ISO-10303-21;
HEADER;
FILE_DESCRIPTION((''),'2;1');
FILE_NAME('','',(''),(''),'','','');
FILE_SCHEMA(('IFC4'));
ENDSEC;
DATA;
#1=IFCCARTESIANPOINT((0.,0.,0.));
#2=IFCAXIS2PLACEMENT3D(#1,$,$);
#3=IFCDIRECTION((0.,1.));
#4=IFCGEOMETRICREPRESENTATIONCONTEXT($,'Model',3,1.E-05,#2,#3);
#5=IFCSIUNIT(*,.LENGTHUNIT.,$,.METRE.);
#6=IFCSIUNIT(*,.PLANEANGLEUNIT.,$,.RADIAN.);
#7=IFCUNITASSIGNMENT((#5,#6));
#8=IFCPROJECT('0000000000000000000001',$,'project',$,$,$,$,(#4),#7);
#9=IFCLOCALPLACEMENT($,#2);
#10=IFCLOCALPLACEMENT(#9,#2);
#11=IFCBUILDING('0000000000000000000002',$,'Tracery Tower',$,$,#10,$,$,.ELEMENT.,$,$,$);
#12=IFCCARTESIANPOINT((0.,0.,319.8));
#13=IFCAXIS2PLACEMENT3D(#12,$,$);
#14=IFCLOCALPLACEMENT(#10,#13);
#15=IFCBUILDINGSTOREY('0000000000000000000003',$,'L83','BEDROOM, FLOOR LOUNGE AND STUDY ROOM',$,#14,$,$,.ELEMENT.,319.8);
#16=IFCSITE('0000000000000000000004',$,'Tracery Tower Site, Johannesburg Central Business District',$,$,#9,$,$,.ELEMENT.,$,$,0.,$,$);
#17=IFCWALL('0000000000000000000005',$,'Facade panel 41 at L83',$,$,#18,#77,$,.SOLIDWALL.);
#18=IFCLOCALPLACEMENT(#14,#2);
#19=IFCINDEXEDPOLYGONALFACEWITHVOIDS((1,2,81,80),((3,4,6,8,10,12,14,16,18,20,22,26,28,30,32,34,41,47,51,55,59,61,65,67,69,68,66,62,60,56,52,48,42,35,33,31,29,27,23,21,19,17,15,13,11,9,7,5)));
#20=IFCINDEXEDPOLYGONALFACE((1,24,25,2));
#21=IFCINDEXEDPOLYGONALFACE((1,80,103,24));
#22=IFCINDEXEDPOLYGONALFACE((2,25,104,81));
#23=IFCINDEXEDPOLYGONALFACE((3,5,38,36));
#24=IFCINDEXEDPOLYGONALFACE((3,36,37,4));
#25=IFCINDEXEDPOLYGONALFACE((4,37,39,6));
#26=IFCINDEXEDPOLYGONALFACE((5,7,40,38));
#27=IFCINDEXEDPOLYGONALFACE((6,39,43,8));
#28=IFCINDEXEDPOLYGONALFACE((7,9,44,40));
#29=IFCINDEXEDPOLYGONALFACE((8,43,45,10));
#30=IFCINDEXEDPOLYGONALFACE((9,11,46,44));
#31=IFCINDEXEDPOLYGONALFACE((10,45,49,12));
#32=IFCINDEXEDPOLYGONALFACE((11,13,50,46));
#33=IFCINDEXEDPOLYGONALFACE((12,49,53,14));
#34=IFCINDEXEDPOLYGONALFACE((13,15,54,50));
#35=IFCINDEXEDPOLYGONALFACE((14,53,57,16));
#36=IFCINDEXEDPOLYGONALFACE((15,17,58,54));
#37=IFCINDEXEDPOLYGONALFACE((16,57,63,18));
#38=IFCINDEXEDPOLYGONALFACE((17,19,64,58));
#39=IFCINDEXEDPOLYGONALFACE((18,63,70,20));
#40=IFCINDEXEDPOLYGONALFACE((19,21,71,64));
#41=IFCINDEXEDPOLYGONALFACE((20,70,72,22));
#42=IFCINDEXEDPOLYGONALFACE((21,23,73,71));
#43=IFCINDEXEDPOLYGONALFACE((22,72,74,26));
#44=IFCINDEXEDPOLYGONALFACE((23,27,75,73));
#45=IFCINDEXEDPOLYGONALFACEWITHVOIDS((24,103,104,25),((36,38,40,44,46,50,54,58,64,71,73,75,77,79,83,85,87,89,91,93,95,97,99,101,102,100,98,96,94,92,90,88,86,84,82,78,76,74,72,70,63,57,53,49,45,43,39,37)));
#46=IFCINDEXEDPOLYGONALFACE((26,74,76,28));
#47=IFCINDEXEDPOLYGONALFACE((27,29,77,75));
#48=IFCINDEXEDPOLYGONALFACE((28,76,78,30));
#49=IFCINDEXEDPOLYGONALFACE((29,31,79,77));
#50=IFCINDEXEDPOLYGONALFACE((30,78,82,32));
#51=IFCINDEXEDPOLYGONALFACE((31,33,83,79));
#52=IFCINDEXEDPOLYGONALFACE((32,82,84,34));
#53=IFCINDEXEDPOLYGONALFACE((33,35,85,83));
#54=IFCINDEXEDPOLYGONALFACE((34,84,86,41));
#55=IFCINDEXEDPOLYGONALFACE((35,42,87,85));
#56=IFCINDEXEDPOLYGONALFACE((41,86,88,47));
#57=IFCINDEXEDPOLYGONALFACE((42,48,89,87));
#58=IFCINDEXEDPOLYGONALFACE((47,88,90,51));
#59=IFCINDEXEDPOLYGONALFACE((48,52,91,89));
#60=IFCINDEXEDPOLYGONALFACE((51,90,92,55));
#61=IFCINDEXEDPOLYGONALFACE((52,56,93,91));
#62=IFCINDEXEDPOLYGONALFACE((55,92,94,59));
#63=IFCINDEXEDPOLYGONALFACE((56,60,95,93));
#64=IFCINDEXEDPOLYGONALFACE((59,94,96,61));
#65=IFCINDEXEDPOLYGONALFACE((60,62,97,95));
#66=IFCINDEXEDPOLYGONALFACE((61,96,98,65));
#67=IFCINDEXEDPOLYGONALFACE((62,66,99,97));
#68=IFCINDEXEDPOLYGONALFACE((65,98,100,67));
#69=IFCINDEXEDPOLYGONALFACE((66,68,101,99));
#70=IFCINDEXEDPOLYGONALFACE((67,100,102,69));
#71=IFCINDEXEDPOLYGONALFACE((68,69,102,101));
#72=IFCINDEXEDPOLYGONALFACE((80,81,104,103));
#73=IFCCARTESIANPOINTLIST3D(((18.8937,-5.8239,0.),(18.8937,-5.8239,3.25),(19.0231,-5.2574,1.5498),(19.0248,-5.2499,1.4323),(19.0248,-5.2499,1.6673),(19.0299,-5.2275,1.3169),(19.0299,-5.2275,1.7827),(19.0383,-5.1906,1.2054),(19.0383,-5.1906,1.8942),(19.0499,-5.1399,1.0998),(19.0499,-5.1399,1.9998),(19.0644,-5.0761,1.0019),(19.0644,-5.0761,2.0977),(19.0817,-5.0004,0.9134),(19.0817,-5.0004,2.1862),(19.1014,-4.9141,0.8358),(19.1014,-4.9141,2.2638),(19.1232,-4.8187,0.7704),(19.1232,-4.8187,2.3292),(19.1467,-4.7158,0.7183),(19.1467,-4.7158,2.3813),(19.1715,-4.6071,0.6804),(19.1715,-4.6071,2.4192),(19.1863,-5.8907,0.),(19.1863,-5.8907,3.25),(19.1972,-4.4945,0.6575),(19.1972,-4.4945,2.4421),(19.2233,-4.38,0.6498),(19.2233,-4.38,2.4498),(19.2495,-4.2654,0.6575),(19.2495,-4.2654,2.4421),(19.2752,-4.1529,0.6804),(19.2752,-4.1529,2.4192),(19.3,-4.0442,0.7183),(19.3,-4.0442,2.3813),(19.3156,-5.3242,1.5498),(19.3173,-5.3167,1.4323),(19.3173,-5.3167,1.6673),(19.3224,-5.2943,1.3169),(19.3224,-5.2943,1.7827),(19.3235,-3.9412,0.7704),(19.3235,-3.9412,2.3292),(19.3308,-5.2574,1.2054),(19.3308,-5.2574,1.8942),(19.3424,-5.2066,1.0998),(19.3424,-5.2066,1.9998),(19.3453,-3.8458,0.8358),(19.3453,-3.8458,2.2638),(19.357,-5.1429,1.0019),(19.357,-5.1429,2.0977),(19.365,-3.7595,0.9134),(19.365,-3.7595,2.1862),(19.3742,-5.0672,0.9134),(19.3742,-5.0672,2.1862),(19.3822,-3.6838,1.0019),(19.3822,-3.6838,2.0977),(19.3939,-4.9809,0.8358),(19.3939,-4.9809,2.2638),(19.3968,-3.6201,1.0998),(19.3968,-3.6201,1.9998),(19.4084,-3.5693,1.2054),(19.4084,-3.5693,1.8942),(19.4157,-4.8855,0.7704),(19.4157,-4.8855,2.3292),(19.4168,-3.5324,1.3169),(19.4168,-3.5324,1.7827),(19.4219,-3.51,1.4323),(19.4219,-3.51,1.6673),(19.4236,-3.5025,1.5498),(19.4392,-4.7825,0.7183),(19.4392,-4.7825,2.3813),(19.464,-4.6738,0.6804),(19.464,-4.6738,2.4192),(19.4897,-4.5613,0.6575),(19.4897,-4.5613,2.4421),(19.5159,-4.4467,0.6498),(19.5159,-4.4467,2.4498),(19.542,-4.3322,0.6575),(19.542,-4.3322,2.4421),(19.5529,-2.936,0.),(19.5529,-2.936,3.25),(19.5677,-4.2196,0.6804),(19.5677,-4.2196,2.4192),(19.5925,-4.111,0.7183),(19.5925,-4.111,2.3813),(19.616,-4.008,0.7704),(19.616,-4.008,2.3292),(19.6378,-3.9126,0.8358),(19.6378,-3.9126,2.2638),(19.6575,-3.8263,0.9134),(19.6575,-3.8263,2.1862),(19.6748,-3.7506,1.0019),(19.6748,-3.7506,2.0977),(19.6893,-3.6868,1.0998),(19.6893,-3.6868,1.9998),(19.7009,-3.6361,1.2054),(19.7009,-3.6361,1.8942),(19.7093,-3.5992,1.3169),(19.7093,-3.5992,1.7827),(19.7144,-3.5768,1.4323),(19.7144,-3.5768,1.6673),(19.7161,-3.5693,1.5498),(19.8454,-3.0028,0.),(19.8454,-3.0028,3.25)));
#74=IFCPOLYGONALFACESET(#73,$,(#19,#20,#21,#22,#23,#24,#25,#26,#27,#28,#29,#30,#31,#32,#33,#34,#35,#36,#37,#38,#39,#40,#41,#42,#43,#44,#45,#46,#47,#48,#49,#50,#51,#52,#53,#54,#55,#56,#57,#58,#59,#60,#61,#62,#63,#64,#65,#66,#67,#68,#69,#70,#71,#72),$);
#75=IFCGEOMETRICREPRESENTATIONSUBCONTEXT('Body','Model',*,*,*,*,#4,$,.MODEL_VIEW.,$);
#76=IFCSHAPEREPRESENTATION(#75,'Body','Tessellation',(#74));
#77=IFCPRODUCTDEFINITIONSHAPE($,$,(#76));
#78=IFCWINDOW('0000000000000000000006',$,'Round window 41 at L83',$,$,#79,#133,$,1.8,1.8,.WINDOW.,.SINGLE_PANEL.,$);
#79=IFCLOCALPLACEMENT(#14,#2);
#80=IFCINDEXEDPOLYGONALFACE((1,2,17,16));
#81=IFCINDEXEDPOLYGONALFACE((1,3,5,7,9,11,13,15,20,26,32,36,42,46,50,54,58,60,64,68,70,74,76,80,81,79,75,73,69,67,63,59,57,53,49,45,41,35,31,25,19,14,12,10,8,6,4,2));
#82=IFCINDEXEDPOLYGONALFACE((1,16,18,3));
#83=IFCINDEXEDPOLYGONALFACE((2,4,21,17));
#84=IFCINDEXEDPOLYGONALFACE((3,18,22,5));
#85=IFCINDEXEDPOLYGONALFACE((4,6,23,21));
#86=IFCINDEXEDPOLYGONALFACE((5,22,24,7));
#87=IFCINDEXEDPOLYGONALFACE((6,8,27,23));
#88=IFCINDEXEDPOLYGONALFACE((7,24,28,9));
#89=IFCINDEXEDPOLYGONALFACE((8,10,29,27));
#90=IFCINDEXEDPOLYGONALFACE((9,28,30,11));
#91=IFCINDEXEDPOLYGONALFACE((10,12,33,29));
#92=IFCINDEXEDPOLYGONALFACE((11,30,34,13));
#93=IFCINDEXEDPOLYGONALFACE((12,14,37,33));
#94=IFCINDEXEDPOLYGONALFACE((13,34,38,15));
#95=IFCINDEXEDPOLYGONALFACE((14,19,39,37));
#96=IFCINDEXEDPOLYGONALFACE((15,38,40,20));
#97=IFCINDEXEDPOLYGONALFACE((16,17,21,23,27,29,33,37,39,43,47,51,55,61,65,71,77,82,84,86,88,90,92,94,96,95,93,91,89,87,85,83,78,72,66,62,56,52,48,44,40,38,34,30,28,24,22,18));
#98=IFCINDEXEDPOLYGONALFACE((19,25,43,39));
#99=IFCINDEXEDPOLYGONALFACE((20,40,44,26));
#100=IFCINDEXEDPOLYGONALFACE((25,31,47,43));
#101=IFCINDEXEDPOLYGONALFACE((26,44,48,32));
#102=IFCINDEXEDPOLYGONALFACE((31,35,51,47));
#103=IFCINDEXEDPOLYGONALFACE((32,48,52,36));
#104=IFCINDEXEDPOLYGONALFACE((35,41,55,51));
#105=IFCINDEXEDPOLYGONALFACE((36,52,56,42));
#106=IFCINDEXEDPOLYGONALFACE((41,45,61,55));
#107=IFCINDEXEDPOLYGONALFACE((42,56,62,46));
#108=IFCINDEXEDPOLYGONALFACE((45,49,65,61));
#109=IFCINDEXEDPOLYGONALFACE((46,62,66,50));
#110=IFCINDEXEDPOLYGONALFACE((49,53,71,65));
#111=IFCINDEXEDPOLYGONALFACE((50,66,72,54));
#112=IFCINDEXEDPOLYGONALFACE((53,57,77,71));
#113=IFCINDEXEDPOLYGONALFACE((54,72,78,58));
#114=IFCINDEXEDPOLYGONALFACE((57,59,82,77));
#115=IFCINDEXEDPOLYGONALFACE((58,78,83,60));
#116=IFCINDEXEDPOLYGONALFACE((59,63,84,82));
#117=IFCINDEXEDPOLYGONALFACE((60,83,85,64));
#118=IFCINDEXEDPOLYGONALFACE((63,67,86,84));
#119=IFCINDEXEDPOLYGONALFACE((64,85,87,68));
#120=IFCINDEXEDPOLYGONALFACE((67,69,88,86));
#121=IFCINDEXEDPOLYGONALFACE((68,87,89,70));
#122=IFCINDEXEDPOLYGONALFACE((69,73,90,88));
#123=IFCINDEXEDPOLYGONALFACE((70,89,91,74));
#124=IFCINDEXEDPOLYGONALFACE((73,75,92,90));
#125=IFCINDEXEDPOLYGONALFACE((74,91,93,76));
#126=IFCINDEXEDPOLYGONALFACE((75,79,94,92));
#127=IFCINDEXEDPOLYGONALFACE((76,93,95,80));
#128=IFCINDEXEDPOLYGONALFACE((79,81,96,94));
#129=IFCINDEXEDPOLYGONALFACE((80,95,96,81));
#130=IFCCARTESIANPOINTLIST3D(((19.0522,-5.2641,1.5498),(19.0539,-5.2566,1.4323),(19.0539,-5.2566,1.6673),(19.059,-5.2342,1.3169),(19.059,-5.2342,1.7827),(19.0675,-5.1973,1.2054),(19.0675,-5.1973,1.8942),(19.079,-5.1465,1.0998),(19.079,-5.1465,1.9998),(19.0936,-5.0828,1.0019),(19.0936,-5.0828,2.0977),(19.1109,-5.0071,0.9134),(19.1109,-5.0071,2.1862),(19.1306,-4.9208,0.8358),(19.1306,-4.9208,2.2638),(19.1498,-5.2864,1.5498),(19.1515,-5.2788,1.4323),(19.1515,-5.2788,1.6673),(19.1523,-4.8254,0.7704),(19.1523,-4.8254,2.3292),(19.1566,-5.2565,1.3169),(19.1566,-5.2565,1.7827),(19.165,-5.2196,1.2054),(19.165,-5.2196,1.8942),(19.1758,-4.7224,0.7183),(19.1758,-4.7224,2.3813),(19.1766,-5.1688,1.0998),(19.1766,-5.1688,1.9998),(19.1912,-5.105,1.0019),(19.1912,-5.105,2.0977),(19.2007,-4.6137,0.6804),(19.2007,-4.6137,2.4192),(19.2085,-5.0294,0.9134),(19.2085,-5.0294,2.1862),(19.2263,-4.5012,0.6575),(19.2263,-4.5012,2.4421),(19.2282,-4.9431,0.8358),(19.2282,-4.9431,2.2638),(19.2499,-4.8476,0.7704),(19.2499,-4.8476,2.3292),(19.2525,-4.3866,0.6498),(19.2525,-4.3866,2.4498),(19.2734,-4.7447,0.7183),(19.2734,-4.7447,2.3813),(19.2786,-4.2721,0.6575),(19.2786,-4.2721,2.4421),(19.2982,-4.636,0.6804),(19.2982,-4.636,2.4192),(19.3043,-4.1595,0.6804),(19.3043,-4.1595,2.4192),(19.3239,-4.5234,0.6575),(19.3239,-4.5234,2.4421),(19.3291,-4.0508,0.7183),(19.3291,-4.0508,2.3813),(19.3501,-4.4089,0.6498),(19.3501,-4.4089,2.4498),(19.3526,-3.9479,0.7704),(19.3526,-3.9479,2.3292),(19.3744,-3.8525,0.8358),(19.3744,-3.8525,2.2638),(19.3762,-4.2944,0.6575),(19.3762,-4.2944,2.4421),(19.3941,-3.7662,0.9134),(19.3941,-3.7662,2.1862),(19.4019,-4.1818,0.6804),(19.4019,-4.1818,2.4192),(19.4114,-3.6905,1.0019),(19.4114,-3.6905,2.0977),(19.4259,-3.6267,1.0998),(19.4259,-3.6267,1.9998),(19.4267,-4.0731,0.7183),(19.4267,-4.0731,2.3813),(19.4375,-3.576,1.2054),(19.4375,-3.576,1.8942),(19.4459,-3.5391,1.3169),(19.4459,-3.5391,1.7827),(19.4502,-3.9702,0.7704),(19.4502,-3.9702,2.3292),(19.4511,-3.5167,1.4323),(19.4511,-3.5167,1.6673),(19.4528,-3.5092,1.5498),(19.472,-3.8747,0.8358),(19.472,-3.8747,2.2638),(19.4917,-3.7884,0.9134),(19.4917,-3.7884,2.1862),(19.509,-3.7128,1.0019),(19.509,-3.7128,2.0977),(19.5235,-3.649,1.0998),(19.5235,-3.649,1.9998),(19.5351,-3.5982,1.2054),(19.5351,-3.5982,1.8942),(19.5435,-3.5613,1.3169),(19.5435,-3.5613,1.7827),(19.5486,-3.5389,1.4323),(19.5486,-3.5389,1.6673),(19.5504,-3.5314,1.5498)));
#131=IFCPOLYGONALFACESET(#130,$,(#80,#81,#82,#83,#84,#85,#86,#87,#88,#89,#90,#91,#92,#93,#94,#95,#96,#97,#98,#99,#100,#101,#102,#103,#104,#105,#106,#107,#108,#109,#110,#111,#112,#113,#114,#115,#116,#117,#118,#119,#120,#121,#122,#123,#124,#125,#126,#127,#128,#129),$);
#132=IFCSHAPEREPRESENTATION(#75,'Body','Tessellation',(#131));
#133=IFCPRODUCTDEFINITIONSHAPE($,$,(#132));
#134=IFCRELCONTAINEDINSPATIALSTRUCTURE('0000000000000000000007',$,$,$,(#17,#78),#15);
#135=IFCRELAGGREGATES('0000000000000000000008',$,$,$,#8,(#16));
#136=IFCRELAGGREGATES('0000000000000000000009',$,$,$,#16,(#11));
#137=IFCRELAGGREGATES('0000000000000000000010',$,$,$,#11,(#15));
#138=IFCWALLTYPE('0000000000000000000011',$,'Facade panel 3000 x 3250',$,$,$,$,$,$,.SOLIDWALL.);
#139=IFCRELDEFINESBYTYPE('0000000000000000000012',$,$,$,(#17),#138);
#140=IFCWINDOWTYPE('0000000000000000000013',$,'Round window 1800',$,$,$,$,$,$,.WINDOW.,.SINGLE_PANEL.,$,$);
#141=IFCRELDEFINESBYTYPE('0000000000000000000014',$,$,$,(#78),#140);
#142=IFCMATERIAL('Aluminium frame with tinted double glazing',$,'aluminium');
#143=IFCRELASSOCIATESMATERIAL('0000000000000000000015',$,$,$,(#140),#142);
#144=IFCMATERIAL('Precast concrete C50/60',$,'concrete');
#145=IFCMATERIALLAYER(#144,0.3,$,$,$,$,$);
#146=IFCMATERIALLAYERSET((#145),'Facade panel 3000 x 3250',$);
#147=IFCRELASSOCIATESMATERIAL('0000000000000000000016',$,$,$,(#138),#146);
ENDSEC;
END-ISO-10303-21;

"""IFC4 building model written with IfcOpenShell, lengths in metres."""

from ifc_helpers import new_model, si_unit, direction, frame, frame_2d, origin, origin_2d, place, context, subcontext, project, spatial, rectangle, circle, extrude, material, layer, layer_set, type_object, element, fill, save


model = new_model("IFC4")

# Units and contexts
model_context = context("Model", 3, precision=1e-05, world=origin(), true_north=direction((0.0, 1.0)))
body_context = subcontext(model_context, "Body", "Model", "MODEL_VIEW")
ifc_project = project(units=[si_unit("LENGTHUNIT", "METRE"), si_unit("PLANEANGLEUNIT", "RADIAN")], contexts=[model_context])

# Site, building, storey
site_placement = place(None, origin())
site = spatial("IfcSite", under=ifc_project, at=site_placement, Name="Tracery Tower Site, Johannesburg Central Business District", CompositionType="ELEMENT", RefElevation=0.0)
building_placement = place(site_placement, origin())
building = spatial("IfcBuilding", under=site, at=building_placement, Name="Tracery Tower", CompositionType="ELEMENT")
storey_placement = place(building_placement, frame((0.0, 0.0, 319.8)))
storey = spatial("IfcBuildingStorey", under=building, at=storey_placement, Name="L83", Description="BEDROOM, FLOOR LOUNGE AND STUDY ROOM", CompositionType="ELEMENT", Elevation=319.8)

# Wall, opening, window
ifc_material_1 = material(Name="Aluminium frame with tinted double glazing", Category="aluminium")
window_type = type_object("IfcWindowType", Name="Round window 1800", PartitioningType="SINGLE_PANEL", PredefinedType="WINDOW", material=ifc_material_1)
ifc_material_2 = material(Name="Precast concrete C50/60", Category="concrete")
ifc_layer_1 = layer(ifc_material_2, 0.3)
ifc_layer_set_1 = layer_set([ifc_layer_1], Name="Facade panel 3000 x 3250")
wall_type_1 = type_object("IfcWallType", Name="Facade panel 3000 x 3250", PredefinedType="SOLIDWALL", material=ifc_layer_set_1)
wall_1_placement = place(storey_placement, frame((19.04, -5.8572, 0.0), z_axis=(0.0, 0.0, 1.0), x_axis=(0.222529, 0.974926, 0.0)))
wall_1 = element("IfcWall", 1, at=wall_1_placement, inside=storey, type_object=wall_type_1, Name="Facade panel 41 at L83", PredefinedType="SOLIDWALL", context=body_context, shape_type="SweptSolid", body=[
    extrude(rectangle(XDim=2.9622, YDim=0.3, at=frame_2d((1.481, 0.0))), origin(), (0.0, 0.0, 1.0), 3.25),
])
opening_1_placement = place(wall_1_placement, frame((1.481, 0.0, 1.5498)))
opening_1 = element("IfcOpeningElement", 2, at=opening_1_placement, cuts=wall_1, PredefinedType="OPENING", context=body_context, shape_type="SweptSolid", body=[
    extrude(circle(Radius=0.9, at=origin_2d()), frame((0.0, 0.1599, 0.0), z_axis=(0.0, -1.0, 0.0), x_axis=(1.0, 0.0, 0.0)), (0.0, 0.0, 1.0), 0.3201),
])
window_1_placement = place(opening_1_placement, origin())
window_1 = element("IfcWindow", 3, at=window_1_placement, inside=storey, type_object=window_type, Name="Round window 41 at L83", OverallHeight=1.8, OverallWidth=1.8, PartitioningType="SINGLE_PANEL", PredefinedType="WINDOW", context=body_context, shape_type="SweptSolid", body=[
    extrude(circle(Radius=0.9, at=origin_2d()), frame((0.0, 0.1201, 0.0), z_axis=(0.0, -1.0, 0.0), x_axis=(1.0, 0.0, 0.0)), (0.0, 0.0, 1.0), 0.1001),
])
fill(opening_1, window_1)

save(model, "model.ifc")
